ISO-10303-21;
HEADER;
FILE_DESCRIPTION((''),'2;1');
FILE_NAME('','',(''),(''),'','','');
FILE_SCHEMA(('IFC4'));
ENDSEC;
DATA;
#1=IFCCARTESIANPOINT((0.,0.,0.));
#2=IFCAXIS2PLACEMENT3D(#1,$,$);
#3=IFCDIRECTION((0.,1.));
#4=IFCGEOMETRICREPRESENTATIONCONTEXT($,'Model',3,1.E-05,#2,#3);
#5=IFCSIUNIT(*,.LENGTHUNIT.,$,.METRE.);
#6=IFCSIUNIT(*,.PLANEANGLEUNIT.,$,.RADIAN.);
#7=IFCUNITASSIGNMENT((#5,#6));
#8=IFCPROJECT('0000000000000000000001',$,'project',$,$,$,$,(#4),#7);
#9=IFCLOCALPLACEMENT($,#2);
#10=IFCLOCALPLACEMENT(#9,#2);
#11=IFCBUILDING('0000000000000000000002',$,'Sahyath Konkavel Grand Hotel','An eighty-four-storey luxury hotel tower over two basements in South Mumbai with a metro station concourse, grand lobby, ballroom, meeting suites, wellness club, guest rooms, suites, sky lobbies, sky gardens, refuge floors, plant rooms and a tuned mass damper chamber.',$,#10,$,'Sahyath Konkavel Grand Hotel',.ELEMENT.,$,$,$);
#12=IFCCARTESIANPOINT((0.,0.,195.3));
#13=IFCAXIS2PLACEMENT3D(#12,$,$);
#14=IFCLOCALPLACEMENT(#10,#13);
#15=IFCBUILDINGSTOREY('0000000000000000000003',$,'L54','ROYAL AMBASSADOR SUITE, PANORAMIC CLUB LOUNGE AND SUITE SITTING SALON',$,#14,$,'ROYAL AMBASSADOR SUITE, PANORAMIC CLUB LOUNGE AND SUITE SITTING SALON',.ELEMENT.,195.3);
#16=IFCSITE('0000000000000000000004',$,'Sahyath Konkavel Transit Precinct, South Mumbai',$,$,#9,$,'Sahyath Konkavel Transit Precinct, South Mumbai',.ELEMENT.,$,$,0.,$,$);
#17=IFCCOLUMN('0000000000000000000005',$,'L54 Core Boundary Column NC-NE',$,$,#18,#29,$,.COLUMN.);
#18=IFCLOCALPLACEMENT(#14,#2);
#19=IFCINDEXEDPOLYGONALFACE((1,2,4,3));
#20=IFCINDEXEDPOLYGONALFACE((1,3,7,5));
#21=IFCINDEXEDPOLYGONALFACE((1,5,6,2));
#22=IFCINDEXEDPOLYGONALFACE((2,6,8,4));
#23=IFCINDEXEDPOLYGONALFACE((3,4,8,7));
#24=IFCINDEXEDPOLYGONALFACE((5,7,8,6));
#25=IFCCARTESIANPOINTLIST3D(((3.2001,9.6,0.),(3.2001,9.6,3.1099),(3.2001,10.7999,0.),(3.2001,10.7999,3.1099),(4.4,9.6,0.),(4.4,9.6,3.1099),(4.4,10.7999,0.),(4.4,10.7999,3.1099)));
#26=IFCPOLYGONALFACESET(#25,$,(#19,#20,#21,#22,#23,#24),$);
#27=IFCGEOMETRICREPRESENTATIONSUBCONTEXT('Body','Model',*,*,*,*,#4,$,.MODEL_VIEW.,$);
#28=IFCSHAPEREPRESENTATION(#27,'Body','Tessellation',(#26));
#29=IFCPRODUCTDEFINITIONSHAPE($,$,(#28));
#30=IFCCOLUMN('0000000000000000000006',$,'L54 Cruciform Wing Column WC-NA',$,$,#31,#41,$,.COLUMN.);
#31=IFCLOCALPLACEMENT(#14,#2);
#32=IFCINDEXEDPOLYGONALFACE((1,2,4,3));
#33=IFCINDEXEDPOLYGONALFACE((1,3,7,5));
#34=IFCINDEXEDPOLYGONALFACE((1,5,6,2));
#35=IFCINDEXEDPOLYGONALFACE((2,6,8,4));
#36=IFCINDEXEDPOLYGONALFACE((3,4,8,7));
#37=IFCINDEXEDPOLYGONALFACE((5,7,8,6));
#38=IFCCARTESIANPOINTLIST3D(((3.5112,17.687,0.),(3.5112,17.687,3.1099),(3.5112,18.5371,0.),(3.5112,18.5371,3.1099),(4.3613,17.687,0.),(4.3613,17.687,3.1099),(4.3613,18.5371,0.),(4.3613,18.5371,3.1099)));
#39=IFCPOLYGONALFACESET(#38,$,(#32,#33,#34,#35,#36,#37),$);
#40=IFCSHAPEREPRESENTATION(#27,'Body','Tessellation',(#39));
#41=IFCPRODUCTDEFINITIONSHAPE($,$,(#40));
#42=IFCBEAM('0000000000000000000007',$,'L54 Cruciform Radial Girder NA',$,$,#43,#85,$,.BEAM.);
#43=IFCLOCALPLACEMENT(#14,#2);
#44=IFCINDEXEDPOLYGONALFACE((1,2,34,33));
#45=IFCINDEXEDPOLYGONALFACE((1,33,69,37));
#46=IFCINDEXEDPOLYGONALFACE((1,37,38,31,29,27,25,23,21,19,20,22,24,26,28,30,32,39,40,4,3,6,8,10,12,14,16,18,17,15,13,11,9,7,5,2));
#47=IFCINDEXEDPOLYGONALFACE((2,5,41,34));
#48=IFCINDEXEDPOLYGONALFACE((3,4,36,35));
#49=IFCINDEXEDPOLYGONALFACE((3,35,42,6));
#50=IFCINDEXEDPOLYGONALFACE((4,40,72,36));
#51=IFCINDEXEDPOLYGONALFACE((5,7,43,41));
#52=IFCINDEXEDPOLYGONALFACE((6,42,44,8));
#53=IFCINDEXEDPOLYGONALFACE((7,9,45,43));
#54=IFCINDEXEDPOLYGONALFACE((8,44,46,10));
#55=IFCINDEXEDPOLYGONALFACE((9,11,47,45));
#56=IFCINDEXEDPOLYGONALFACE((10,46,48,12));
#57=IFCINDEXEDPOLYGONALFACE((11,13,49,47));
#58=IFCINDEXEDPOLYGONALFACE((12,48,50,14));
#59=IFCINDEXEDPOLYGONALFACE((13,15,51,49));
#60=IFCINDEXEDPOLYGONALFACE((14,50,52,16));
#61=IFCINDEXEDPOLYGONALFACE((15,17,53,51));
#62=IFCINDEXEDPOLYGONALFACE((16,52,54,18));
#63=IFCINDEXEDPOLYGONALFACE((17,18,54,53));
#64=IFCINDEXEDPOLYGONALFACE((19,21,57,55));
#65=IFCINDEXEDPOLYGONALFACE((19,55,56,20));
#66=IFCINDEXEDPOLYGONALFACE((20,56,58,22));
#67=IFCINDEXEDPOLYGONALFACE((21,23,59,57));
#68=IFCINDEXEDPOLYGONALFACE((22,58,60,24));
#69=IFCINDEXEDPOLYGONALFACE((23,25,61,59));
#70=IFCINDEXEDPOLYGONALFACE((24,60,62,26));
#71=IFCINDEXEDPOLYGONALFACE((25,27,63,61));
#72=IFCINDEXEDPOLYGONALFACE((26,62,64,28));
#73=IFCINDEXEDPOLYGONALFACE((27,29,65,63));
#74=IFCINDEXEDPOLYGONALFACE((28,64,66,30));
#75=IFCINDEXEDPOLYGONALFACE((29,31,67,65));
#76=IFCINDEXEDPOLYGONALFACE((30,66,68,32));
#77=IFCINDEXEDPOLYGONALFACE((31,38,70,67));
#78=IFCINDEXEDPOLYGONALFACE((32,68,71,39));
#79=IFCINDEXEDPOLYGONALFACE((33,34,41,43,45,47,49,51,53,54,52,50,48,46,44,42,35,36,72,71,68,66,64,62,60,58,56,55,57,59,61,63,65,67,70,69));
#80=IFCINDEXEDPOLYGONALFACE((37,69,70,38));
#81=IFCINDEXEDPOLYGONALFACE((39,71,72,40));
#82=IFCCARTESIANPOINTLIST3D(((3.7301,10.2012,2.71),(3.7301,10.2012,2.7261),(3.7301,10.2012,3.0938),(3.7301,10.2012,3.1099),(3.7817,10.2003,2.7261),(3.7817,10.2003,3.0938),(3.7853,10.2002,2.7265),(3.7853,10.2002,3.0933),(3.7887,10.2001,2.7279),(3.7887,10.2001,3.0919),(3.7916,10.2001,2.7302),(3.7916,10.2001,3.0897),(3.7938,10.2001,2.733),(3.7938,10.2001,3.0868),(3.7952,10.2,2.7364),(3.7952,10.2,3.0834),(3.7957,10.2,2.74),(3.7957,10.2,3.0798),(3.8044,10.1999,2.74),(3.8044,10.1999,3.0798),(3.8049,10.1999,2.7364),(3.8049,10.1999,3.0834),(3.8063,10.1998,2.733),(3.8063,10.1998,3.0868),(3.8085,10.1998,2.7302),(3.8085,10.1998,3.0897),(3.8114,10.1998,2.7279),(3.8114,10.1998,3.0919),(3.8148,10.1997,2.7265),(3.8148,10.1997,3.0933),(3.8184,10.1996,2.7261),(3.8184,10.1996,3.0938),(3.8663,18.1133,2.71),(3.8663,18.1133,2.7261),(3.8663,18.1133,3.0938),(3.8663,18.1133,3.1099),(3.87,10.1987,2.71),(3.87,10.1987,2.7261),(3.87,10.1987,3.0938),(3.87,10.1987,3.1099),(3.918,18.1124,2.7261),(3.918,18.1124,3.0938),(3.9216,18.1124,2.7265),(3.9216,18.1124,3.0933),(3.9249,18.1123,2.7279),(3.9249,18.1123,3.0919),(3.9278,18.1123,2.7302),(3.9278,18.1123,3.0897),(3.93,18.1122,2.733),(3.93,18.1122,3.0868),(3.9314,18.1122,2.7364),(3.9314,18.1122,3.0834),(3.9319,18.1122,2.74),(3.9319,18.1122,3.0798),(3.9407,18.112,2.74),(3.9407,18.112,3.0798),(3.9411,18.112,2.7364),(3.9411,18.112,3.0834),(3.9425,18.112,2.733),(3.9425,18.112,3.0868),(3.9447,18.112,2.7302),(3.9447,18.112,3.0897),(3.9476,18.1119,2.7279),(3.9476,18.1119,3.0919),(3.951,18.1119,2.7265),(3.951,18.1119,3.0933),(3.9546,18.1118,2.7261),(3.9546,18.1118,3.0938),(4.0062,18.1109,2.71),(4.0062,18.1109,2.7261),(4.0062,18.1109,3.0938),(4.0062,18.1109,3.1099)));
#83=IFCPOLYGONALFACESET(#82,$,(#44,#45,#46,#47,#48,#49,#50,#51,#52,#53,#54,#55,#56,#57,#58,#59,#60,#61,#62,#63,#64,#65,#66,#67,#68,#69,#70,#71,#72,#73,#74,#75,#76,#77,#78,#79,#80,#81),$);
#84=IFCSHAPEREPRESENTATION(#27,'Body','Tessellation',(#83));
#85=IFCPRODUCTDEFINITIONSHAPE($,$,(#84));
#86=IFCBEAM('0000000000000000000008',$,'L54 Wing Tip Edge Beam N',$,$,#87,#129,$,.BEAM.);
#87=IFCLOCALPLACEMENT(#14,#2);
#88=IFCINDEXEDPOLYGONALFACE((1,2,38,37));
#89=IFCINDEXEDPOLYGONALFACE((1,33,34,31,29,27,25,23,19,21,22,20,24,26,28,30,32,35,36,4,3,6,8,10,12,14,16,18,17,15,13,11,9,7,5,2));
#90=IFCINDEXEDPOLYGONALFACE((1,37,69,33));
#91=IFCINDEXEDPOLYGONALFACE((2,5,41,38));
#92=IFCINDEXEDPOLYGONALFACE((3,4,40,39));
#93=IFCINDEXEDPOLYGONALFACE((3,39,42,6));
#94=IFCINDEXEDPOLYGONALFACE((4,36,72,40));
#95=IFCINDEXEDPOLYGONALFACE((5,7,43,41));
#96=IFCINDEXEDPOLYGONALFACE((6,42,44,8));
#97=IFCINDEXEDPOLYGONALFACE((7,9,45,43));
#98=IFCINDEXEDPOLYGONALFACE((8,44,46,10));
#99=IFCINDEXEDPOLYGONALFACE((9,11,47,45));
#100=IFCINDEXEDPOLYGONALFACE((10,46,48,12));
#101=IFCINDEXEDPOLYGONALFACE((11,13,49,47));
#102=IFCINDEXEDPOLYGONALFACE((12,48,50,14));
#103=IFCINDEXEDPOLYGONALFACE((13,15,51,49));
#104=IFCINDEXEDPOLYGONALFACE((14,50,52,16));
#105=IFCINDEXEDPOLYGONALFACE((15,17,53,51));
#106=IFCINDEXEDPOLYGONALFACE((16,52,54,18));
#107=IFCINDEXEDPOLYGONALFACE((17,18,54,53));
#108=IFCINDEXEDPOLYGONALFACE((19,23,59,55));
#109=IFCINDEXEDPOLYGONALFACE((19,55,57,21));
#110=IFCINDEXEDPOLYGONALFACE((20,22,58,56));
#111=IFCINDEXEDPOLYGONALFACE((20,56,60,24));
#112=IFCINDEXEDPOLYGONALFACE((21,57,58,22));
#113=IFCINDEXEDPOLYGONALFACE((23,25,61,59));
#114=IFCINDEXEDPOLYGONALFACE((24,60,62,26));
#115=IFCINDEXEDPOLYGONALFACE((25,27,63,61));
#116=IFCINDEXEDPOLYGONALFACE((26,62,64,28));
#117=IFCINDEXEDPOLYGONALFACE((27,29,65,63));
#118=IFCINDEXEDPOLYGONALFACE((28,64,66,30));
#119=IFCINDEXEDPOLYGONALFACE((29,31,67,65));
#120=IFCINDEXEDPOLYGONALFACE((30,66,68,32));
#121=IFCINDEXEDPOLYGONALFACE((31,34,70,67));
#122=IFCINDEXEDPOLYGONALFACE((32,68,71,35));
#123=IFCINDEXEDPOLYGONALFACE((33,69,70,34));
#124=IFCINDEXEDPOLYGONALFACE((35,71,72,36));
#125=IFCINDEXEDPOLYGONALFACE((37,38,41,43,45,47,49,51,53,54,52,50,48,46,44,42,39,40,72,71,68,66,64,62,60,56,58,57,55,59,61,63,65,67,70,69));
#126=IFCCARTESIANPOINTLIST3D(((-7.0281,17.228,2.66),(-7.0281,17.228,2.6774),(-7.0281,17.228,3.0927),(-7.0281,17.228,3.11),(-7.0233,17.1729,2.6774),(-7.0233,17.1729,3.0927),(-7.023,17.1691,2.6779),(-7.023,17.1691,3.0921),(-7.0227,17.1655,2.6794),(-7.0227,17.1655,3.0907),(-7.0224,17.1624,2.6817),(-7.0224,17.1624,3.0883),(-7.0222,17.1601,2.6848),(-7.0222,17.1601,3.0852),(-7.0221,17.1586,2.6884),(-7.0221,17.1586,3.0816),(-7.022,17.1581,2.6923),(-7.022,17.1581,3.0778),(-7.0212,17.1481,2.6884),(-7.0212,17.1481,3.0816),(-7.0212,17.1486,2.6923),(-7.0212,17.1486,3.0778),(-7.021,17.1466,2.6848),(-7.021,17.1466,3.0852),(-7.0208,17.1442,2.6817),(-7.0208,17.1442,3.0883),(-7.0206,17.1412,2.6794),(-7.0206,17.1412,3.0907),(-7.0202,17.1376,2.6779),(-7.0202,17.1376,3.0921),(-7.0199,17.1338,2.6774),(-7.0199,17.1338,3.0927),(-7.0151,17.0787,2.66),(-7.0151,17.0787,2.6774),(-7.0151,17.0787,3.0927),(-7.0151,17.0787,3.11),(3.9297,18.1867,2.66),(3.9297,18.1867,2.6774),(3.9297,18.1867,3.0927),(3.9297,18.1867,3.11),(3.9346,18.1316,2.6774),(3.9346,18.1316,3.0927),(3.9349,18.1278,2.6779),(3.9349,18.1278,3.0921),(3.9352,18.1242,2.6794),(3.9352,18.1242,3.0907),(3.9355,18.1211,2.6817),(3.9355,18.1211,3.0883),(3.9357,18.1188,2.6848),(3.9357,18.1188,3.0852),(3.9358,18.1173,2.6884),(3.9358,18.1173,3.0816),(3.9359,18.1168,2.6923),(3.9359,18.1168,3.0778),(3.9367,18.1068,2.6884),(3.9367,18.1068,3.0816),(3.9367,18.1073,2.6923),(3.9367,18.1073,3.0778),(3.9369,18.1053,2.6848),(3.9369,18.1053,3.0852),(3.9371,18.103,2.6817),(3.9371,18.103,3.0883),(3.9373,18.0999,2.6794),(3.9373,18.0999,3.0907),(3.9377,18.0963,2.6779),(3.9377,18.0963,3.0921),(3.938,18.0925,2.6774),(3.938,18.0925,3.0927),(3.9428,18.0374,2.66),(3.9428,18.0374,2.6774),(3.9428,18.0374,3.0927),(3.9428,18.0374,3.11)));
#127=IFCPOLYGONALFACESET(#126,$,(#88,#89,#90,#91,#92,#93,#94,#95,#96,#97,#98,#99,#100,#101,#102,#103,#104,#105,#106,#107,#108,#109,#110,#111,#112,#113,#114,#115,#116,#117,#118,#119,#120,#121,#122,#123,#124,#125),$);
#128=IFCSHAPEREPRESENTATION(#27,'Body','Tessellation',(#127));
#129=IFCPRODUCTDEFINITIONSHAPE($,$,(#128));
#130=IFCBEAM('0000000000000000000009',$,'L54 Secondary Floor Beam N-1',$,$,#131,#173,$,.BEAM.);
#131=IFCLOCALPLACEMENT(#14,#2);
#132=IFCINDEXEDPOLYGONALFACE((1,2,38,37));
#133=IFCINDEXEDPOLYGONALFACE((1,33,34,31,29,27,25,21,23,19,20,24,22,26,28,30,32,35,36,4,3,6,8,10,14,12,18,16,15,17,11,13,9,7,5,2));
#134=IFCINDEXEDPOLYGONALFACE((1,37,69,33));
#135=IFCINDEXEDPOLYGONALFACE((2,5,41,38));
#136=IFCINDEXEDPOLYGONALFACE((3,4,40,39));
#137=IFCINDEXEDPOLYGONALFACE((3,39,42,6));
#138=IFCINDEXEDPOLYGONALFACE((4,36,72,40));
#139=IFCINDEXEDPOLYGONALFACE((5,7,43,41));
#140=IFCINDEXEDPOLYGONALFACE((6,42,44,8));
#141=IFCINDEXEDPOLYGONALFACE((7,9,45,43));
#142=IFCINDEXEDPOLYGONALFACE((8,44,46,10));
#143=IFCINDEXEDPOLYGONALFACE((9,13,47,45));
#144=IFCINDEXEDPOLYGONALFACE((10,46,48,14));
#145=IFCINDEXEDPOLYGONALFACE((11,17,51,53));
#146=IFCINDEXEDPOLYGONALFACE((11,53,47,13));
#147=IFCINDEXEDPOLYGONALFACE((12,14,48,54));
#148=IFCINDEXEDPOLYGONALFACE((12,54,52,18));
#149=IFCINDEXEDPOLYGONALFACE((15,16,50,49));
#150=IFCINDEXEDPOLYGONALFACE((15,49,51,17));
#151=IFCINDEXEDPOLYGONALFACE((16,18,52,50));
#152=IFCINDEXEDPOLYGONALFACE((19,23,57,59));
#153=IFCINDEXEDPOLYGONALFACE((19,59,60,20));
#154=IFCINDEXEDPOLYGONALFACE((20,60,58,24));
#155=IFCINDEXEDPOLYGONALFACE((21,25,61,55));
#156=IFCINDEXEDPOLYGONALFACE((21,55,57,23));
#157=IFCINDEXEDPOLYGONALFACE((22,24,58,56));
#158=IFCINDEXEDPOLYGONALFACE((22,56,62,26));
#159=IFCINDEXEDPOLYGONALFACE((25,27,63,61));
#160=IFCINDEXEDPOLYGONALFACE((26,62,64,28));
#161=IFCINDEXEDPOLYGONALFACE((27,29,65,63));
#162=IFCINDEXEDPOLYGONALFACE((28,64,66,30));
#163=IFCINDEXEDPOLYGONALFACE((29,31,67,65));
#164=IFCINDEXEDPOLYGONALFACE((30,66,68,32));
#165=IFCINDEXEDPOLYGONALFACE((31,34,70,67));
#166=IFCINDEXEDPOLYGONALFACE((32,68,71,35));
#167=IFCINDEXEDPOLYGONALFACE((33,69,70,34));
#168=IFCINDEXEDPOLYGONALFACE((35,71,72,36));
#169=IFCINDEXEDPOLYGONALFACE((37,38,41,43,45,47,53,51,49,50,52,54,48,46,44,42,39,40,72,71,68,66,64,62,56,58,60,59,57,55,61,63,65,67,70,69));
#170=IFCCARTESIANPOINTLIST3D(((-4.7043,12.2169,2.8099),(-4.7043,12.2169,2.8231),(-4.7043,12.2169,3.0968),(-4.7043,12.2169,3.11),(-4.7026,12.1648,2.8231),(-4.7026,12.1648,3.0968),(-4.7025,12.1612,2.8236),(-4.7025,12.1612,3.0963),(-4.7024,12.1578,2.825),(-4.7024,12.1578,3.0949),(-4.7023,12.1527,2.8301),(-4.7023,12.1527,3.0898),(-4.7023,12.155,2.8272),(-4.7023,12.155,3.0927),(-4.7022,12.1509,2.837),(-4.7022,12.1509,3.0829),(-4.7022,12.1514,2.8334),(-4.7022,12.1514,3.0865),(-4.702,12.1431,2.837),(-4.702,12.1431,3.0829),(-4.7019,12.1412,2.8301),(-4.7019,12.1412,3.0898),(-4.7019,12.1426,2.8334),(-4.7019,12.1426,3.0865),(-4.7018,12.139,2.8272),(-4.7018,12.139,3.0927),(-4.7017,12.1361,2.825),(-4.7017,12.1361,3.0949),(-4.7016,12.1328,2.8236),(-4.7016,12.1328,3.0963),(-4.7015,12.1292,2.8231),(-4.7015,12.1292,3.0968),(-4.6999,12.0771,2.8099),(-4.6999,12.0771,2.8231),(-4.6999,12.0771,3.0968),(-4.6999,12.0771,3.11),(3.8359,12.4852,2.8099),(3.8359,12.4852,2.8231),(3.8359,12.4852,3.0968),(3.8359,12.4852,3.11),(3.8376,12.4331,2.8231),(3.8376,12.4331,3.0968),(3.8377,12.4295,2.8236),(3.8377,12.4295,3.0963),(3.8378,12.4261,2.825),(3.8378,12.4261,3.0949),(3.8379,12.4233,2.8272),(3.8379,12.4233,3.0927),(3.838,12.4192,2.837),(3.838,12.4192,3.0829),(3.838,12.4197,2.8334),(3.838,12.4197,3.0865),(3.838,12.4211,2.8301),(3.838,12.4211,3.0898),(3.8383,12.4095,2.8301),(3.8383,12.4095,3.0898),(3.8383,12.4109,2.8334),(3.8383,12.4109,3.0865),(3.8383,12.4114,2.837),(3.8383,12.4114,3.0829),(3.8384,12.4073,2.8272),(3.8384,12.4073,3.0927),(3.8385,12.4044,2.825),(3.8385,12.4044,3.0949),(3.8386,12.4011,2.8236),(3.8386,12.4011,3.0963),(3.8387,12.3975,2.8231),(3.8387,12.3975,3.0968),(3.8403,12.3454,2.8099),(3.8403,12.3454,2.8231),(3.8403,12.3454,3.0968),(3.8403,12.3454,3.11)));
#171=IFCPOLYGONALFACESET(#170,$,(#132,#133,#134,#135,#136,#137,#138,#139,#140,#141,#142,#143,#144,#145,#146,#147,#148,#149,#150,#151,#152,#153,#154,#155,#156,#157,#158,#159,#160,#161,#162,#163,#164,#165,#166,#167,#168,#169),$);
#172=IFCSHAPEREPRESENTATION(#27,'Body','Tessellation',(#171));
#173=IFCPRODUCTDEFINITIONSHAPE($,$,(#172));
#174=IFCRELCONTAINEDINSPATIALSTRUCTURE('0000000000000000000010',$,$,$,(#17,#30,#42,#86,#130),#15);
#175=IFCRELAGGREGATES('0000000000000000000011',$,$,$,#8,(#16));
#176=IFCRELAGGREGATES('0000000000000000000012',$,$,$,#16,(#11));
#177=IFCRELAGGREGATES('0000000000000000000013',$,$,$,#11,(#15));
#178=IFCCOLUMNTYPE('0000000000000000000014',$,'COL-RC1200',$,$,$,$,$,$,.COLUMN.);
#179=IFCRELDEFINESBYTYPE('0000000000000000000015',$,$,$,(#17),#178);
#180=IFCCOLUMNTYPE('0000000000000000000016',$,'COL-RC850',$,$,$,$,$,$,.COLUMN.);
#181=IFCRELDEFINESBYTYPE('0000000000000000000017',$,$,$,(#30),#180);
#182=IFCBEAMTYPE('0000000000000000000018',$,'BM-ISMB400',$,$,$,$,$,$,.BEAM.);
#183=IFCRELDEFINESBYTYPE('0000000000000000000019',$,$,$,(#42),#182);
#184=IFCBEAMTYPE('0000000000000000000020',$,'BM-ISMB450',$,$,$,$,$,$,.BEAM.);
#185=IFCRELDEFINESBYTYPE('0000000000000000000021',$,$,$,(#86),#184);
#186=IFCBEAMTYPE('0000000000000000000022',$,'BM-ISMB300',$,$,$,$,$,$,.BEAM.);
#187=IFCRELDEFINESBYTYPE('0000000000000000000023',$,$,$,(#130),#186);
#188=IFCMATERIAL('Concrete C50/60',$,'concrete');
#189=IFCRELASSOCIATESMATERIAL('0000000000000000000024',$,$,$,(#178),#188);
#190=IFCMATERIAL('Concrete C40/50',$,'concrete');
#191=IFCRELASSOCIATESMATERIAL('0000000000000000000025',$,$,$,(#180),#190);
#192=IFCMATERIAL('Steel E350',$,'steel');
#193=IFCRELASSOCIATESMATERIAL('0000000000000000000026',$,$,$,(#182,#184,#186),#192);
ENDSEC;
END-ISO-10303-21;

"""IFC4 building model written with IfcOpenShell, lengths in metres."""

from ifc_helpers import new_model, si_unit, direction, frame, origin, origin_2d, place, context, subcontext, project, spatial, rectangle, i_section, extrude, source, transform, mapped, material, material_profile, profile_set, type_object, element, save


model = new_model("IFC4")

# Units and contexts
model_context = context("Model", 3, precision=1e-05, world=origin(), true_north=direction((0.0, 1.0)))
body_context = subcontext(model_context, "Body", "Model", "MODEL_VIEW")
ifc_project = project(units=[si_unit("LENGTHUNIT", "METRE"), si_unit("PLANEANGLEUNIT", "RADIAN")], contexts=[model_context])

# Site, building, storey
site_placement = place(None, origin())
site = spatial("IfcSite", under=ifc_project, at=site_placement, Name="Sahyath Konkavel Transit Precinct, South Mumbai", LongName="Sahyath Konkavel Transit Precinct, South Mumbai", CompositionType="ELEMENT", RefElevation=0.0)
building_placement = place(site_placement, origin())
building = spatial("IfcBuilding", under=site, at=building_placement, Name="Sahyath Konkavel Grand Hotel", Description="An eighty-four-storey luxury hotel tower over two basements in South Mumbai with a metro station concourse, grand lobby, ballroom, meeting suites, wellness club, guest rooms, suites, sky lobbies, sky gardens, refuge floors, plant rooms and a tuned mass damper chamber.", LongName="Sahyath Konkavel Grand Hotel", CompositionType="ELEMENT")
storey_placement = place(building_placement, frame((0.0, 0.0, 195.3)))
storey = spatial("IfcBuildingStorey", under=building, at=storey_placement, Name="L54", Description="ROYAL AMBASSADOR SUITE, PANORAMIC CLUB LOUNGE AND SUITE SITTING SALON", LongName="ROYAL AMBASSADOR SUITE, PANORAMIC CLUB LOUNGE AND SUITE SITTING SALON", CompositionType="ELEMENT", Elevation=195.3)

# Columns
ifc_material_1 = material(Name="Concrete C50/60", Category="concrete")
ifc_material_profile_1 = material_profile(ifc_material_1, rectangle(XDim=1.2, YDim=1.2, at=origin_2d()), Name="RC 1200x1200")
ifc_profile_set_1 = profile_set([ifc_material_profile_1], Name="Concrete C50/60")
column_type_1 = type_object("IfcColumnType", Name="COL-RC1200", PredefinedType="COLUMN", material=ifc_profile_set_1)
shared_shape_1 = source(origin(), body_context, "Body", "SweptSolid", [
    extrude(rectangle(XDim=1.2, YDim=1.2, at=origin_2d()), origin(), (0.0, 0.0, 1.0), 3.1099),
])
column_1_placement = place(storey_placement, frame((3.8, 10.2, 0.0), z_axis=(0.0, 0.0, 1.0), x_axis=(1.0, 0.0, 0.0)))
element("IfcColumn", 1, at=column_1_placement, inside=storey, type_object=column_type_1, Name="L54 Core Boundary Column NC-NE", PredefinedType="COLUMN", context=body_context, shape_type="MappedRepresentation", body=[
    mapped(shared_shape_1, transform((0.0, 0.0, 0.0), scale=1.0)),
])
ifc_material_2 = material(Name="Concrete C40/50", Category="concrete")
ifc_material_profile_2 = material_profile(ifc_material_2, rectangle(XDim=0.8501, YDim=0.8501, at=origin_2d()), Name="RC 850x850")
ifc_profile_set_2 = profile_set([ifc_material_profile_2], Name="Concrete C40/50")
column_type_2 = type_object("IfcColumnType", Name="COL-RC850", PredefinedType="COLUMN", material=ifc_profile_set_2)
shared_shape_2 = source(origin(), body_context, "Body", "SweptSolid", [
    extrude(rectangle(XDim=0.8501, YDim=0.8501, at=origin_2d()), origin(), (0.0, 0.0, 1.0), 3.1099),
])
column_2_placement = place(storey_placement, frame((3.9363, 18.1121, 0.0), z_axis=(0.0, 0.0, 1.0), x_axis=(1.0, 0.0, 0.0)))
element("IfcColumn", 2, at=column_2_placement, inside=storey, type_object=column_type_2, Name="L54 Cruciform Wing Column WC-NA", PredefinedType="COLUMN", context=body_context, shape_type="MappedRepresentation", body=[
    mapped(shared_shape_2, transform((0.0, 0.0, 0.0), scale=1.0)),
])

# Beams
ifc_material_3 = material(Name="Steel E350", Category="steel")
ifc_material_profile_3 = material_profile(ifc_material_3, i_section(OverallWidth=0.1399, OverallDepth=0.3999, WebThickness=0.0088, FlangeThickness=0.0161, FilletRadius=0.0139, at=origin_2d()), Name="ISMB 400")
ifc_profile_set_3 = profile_set([ifc_material_profile_3], Name="Steel E350")
beam_type_1 = type_object("IfcBeamType", Name="BM-ISMB400", PredefinedType="BEAM", material=ifc_profile_set_3)
shared_shape_3 = source(origin(), body_context, "Body", "SweptSolid", [
    extrude(i_section(OverallWidth=0.1399, OverallDepth=0.3999, WebThickness=0.0088, FlangeThickness=0.0161, FilletRadius=0.0139, at=origin_2d()), origin(), (0.0, 0.0, 1.0), 7.9133),
])
beam_1_placement = place(storey_placement, frame((3.8, 10.2, 2.9099), z_axis=(0.017215, 0.999852, 0.0), x_axis=(-0.999852, 0.017215, 0.0)))
element("IfcBeam", 3, at=beam_1_placement, inside=storey, type_object=beam_type_1, Name="L54 Cruciform Radial Girder NA", PredefinedType="BEAM", context=body_context, shape_type="MappedRepresentation", body=[
    mapped(shared_shape_3, transform((0.0, 0.0, 0.0), scale=1.0)),
])
ifc_material_profile_4 = material_profile(ifc_material_3, i_section(OverallWidth=0.1499, OverallDepth=0.45, WebThickness=0.0095, FlangeThickness=0.0173, FilletRadius=0.0149, at=origin_2d()), Name="ISMB 450")
ifc_profile_set_4 = profile_set([ifc_material_profile_4], Name="Steel E350")
beam_type_2 = type_object("IfcBeamType", Name="BM-ISMB450", PredefinedType="BEAM", material=ifc_profile_set_4)
shared_shape_4 = source(origin(), body_context, "Body", "SweptSolid", [
    extrude(i_section(OverallWidth=0.1499, OverallDepth=0.45, WebThickness=0.0095, FlangeThickness=0.0173, FilletRadius=0.0149, at=origin_2d()), origin(), (0.0, 0.0, 1.0), 10.9998),
])
beam_2_placement = place(storey_placement, frame((3.9363, 18.1121, 2.885), z_axis=(-0.996194, -0.087159, 0.0), x_axis=(0.087159, -0.996194, 0.0)))
element("IfcBeam", 4, at=beam_2_placement, inside=storey, type_object=beam_type_2, Name="L54 Wing Tip Edge Beam N", PredefinedType="BEAM", context=body_context, shape_type="MappedRepresentation", body=[
    mapped(shared_shape_4, transform((0.0, 0.0, 0.0), scale=1.0)),
])
ifc_material_profile_5 = material_profile(ifc_material_3, i_section(OverallWidth=0.1399, OverallDepth=0.3, WebThickness=0.0078, FlangeThickness=0.0132, FilletRadius=0.0139, at=origin_2d()), Name="ISMB 300")
ifc_profile_set_5 = profile_set([ifc_material_profile_5], Name="Steel E350")
beam_type_3 = type_object("IfcBeamType", Name="BM-ISMB300", PredefinedType="BEAM", material=ifc_profile_set_5)
shared_shape_5 = source(origin(), body_context, "Body", "SweptSolid", [
    extrude(i_section(OverallWidth=0.1399, OverallDepth=0.3, WebThickness=0.0078, FlangeThickness=0.0132, FilletRadius=0.0139, at=origin_2d()), origin(), (0.0, 0.0, 1.0), 8.5444),
])
beam_3_placement = place(storey_placement, frame((3.8381, 12.4153, 2.96), z_axis=(-0.999507, -0.031402, 0.0), x_axis=(0.031402, -0.999507, 0.0)))
element("IfcBeam", 5, at=beam_3_placement, inside=storey, type_object=beam_type_3, Name="L54 Secondary Floor Beam N-1", PredefinedType="BEAM", context=body_context, shape_type="MappedRepresentation", body=[
    mapped(shared_shape_5, transform((0.0, 0.0, 0.0), scale=1.0)),
])

save(model, "model.ifc")
